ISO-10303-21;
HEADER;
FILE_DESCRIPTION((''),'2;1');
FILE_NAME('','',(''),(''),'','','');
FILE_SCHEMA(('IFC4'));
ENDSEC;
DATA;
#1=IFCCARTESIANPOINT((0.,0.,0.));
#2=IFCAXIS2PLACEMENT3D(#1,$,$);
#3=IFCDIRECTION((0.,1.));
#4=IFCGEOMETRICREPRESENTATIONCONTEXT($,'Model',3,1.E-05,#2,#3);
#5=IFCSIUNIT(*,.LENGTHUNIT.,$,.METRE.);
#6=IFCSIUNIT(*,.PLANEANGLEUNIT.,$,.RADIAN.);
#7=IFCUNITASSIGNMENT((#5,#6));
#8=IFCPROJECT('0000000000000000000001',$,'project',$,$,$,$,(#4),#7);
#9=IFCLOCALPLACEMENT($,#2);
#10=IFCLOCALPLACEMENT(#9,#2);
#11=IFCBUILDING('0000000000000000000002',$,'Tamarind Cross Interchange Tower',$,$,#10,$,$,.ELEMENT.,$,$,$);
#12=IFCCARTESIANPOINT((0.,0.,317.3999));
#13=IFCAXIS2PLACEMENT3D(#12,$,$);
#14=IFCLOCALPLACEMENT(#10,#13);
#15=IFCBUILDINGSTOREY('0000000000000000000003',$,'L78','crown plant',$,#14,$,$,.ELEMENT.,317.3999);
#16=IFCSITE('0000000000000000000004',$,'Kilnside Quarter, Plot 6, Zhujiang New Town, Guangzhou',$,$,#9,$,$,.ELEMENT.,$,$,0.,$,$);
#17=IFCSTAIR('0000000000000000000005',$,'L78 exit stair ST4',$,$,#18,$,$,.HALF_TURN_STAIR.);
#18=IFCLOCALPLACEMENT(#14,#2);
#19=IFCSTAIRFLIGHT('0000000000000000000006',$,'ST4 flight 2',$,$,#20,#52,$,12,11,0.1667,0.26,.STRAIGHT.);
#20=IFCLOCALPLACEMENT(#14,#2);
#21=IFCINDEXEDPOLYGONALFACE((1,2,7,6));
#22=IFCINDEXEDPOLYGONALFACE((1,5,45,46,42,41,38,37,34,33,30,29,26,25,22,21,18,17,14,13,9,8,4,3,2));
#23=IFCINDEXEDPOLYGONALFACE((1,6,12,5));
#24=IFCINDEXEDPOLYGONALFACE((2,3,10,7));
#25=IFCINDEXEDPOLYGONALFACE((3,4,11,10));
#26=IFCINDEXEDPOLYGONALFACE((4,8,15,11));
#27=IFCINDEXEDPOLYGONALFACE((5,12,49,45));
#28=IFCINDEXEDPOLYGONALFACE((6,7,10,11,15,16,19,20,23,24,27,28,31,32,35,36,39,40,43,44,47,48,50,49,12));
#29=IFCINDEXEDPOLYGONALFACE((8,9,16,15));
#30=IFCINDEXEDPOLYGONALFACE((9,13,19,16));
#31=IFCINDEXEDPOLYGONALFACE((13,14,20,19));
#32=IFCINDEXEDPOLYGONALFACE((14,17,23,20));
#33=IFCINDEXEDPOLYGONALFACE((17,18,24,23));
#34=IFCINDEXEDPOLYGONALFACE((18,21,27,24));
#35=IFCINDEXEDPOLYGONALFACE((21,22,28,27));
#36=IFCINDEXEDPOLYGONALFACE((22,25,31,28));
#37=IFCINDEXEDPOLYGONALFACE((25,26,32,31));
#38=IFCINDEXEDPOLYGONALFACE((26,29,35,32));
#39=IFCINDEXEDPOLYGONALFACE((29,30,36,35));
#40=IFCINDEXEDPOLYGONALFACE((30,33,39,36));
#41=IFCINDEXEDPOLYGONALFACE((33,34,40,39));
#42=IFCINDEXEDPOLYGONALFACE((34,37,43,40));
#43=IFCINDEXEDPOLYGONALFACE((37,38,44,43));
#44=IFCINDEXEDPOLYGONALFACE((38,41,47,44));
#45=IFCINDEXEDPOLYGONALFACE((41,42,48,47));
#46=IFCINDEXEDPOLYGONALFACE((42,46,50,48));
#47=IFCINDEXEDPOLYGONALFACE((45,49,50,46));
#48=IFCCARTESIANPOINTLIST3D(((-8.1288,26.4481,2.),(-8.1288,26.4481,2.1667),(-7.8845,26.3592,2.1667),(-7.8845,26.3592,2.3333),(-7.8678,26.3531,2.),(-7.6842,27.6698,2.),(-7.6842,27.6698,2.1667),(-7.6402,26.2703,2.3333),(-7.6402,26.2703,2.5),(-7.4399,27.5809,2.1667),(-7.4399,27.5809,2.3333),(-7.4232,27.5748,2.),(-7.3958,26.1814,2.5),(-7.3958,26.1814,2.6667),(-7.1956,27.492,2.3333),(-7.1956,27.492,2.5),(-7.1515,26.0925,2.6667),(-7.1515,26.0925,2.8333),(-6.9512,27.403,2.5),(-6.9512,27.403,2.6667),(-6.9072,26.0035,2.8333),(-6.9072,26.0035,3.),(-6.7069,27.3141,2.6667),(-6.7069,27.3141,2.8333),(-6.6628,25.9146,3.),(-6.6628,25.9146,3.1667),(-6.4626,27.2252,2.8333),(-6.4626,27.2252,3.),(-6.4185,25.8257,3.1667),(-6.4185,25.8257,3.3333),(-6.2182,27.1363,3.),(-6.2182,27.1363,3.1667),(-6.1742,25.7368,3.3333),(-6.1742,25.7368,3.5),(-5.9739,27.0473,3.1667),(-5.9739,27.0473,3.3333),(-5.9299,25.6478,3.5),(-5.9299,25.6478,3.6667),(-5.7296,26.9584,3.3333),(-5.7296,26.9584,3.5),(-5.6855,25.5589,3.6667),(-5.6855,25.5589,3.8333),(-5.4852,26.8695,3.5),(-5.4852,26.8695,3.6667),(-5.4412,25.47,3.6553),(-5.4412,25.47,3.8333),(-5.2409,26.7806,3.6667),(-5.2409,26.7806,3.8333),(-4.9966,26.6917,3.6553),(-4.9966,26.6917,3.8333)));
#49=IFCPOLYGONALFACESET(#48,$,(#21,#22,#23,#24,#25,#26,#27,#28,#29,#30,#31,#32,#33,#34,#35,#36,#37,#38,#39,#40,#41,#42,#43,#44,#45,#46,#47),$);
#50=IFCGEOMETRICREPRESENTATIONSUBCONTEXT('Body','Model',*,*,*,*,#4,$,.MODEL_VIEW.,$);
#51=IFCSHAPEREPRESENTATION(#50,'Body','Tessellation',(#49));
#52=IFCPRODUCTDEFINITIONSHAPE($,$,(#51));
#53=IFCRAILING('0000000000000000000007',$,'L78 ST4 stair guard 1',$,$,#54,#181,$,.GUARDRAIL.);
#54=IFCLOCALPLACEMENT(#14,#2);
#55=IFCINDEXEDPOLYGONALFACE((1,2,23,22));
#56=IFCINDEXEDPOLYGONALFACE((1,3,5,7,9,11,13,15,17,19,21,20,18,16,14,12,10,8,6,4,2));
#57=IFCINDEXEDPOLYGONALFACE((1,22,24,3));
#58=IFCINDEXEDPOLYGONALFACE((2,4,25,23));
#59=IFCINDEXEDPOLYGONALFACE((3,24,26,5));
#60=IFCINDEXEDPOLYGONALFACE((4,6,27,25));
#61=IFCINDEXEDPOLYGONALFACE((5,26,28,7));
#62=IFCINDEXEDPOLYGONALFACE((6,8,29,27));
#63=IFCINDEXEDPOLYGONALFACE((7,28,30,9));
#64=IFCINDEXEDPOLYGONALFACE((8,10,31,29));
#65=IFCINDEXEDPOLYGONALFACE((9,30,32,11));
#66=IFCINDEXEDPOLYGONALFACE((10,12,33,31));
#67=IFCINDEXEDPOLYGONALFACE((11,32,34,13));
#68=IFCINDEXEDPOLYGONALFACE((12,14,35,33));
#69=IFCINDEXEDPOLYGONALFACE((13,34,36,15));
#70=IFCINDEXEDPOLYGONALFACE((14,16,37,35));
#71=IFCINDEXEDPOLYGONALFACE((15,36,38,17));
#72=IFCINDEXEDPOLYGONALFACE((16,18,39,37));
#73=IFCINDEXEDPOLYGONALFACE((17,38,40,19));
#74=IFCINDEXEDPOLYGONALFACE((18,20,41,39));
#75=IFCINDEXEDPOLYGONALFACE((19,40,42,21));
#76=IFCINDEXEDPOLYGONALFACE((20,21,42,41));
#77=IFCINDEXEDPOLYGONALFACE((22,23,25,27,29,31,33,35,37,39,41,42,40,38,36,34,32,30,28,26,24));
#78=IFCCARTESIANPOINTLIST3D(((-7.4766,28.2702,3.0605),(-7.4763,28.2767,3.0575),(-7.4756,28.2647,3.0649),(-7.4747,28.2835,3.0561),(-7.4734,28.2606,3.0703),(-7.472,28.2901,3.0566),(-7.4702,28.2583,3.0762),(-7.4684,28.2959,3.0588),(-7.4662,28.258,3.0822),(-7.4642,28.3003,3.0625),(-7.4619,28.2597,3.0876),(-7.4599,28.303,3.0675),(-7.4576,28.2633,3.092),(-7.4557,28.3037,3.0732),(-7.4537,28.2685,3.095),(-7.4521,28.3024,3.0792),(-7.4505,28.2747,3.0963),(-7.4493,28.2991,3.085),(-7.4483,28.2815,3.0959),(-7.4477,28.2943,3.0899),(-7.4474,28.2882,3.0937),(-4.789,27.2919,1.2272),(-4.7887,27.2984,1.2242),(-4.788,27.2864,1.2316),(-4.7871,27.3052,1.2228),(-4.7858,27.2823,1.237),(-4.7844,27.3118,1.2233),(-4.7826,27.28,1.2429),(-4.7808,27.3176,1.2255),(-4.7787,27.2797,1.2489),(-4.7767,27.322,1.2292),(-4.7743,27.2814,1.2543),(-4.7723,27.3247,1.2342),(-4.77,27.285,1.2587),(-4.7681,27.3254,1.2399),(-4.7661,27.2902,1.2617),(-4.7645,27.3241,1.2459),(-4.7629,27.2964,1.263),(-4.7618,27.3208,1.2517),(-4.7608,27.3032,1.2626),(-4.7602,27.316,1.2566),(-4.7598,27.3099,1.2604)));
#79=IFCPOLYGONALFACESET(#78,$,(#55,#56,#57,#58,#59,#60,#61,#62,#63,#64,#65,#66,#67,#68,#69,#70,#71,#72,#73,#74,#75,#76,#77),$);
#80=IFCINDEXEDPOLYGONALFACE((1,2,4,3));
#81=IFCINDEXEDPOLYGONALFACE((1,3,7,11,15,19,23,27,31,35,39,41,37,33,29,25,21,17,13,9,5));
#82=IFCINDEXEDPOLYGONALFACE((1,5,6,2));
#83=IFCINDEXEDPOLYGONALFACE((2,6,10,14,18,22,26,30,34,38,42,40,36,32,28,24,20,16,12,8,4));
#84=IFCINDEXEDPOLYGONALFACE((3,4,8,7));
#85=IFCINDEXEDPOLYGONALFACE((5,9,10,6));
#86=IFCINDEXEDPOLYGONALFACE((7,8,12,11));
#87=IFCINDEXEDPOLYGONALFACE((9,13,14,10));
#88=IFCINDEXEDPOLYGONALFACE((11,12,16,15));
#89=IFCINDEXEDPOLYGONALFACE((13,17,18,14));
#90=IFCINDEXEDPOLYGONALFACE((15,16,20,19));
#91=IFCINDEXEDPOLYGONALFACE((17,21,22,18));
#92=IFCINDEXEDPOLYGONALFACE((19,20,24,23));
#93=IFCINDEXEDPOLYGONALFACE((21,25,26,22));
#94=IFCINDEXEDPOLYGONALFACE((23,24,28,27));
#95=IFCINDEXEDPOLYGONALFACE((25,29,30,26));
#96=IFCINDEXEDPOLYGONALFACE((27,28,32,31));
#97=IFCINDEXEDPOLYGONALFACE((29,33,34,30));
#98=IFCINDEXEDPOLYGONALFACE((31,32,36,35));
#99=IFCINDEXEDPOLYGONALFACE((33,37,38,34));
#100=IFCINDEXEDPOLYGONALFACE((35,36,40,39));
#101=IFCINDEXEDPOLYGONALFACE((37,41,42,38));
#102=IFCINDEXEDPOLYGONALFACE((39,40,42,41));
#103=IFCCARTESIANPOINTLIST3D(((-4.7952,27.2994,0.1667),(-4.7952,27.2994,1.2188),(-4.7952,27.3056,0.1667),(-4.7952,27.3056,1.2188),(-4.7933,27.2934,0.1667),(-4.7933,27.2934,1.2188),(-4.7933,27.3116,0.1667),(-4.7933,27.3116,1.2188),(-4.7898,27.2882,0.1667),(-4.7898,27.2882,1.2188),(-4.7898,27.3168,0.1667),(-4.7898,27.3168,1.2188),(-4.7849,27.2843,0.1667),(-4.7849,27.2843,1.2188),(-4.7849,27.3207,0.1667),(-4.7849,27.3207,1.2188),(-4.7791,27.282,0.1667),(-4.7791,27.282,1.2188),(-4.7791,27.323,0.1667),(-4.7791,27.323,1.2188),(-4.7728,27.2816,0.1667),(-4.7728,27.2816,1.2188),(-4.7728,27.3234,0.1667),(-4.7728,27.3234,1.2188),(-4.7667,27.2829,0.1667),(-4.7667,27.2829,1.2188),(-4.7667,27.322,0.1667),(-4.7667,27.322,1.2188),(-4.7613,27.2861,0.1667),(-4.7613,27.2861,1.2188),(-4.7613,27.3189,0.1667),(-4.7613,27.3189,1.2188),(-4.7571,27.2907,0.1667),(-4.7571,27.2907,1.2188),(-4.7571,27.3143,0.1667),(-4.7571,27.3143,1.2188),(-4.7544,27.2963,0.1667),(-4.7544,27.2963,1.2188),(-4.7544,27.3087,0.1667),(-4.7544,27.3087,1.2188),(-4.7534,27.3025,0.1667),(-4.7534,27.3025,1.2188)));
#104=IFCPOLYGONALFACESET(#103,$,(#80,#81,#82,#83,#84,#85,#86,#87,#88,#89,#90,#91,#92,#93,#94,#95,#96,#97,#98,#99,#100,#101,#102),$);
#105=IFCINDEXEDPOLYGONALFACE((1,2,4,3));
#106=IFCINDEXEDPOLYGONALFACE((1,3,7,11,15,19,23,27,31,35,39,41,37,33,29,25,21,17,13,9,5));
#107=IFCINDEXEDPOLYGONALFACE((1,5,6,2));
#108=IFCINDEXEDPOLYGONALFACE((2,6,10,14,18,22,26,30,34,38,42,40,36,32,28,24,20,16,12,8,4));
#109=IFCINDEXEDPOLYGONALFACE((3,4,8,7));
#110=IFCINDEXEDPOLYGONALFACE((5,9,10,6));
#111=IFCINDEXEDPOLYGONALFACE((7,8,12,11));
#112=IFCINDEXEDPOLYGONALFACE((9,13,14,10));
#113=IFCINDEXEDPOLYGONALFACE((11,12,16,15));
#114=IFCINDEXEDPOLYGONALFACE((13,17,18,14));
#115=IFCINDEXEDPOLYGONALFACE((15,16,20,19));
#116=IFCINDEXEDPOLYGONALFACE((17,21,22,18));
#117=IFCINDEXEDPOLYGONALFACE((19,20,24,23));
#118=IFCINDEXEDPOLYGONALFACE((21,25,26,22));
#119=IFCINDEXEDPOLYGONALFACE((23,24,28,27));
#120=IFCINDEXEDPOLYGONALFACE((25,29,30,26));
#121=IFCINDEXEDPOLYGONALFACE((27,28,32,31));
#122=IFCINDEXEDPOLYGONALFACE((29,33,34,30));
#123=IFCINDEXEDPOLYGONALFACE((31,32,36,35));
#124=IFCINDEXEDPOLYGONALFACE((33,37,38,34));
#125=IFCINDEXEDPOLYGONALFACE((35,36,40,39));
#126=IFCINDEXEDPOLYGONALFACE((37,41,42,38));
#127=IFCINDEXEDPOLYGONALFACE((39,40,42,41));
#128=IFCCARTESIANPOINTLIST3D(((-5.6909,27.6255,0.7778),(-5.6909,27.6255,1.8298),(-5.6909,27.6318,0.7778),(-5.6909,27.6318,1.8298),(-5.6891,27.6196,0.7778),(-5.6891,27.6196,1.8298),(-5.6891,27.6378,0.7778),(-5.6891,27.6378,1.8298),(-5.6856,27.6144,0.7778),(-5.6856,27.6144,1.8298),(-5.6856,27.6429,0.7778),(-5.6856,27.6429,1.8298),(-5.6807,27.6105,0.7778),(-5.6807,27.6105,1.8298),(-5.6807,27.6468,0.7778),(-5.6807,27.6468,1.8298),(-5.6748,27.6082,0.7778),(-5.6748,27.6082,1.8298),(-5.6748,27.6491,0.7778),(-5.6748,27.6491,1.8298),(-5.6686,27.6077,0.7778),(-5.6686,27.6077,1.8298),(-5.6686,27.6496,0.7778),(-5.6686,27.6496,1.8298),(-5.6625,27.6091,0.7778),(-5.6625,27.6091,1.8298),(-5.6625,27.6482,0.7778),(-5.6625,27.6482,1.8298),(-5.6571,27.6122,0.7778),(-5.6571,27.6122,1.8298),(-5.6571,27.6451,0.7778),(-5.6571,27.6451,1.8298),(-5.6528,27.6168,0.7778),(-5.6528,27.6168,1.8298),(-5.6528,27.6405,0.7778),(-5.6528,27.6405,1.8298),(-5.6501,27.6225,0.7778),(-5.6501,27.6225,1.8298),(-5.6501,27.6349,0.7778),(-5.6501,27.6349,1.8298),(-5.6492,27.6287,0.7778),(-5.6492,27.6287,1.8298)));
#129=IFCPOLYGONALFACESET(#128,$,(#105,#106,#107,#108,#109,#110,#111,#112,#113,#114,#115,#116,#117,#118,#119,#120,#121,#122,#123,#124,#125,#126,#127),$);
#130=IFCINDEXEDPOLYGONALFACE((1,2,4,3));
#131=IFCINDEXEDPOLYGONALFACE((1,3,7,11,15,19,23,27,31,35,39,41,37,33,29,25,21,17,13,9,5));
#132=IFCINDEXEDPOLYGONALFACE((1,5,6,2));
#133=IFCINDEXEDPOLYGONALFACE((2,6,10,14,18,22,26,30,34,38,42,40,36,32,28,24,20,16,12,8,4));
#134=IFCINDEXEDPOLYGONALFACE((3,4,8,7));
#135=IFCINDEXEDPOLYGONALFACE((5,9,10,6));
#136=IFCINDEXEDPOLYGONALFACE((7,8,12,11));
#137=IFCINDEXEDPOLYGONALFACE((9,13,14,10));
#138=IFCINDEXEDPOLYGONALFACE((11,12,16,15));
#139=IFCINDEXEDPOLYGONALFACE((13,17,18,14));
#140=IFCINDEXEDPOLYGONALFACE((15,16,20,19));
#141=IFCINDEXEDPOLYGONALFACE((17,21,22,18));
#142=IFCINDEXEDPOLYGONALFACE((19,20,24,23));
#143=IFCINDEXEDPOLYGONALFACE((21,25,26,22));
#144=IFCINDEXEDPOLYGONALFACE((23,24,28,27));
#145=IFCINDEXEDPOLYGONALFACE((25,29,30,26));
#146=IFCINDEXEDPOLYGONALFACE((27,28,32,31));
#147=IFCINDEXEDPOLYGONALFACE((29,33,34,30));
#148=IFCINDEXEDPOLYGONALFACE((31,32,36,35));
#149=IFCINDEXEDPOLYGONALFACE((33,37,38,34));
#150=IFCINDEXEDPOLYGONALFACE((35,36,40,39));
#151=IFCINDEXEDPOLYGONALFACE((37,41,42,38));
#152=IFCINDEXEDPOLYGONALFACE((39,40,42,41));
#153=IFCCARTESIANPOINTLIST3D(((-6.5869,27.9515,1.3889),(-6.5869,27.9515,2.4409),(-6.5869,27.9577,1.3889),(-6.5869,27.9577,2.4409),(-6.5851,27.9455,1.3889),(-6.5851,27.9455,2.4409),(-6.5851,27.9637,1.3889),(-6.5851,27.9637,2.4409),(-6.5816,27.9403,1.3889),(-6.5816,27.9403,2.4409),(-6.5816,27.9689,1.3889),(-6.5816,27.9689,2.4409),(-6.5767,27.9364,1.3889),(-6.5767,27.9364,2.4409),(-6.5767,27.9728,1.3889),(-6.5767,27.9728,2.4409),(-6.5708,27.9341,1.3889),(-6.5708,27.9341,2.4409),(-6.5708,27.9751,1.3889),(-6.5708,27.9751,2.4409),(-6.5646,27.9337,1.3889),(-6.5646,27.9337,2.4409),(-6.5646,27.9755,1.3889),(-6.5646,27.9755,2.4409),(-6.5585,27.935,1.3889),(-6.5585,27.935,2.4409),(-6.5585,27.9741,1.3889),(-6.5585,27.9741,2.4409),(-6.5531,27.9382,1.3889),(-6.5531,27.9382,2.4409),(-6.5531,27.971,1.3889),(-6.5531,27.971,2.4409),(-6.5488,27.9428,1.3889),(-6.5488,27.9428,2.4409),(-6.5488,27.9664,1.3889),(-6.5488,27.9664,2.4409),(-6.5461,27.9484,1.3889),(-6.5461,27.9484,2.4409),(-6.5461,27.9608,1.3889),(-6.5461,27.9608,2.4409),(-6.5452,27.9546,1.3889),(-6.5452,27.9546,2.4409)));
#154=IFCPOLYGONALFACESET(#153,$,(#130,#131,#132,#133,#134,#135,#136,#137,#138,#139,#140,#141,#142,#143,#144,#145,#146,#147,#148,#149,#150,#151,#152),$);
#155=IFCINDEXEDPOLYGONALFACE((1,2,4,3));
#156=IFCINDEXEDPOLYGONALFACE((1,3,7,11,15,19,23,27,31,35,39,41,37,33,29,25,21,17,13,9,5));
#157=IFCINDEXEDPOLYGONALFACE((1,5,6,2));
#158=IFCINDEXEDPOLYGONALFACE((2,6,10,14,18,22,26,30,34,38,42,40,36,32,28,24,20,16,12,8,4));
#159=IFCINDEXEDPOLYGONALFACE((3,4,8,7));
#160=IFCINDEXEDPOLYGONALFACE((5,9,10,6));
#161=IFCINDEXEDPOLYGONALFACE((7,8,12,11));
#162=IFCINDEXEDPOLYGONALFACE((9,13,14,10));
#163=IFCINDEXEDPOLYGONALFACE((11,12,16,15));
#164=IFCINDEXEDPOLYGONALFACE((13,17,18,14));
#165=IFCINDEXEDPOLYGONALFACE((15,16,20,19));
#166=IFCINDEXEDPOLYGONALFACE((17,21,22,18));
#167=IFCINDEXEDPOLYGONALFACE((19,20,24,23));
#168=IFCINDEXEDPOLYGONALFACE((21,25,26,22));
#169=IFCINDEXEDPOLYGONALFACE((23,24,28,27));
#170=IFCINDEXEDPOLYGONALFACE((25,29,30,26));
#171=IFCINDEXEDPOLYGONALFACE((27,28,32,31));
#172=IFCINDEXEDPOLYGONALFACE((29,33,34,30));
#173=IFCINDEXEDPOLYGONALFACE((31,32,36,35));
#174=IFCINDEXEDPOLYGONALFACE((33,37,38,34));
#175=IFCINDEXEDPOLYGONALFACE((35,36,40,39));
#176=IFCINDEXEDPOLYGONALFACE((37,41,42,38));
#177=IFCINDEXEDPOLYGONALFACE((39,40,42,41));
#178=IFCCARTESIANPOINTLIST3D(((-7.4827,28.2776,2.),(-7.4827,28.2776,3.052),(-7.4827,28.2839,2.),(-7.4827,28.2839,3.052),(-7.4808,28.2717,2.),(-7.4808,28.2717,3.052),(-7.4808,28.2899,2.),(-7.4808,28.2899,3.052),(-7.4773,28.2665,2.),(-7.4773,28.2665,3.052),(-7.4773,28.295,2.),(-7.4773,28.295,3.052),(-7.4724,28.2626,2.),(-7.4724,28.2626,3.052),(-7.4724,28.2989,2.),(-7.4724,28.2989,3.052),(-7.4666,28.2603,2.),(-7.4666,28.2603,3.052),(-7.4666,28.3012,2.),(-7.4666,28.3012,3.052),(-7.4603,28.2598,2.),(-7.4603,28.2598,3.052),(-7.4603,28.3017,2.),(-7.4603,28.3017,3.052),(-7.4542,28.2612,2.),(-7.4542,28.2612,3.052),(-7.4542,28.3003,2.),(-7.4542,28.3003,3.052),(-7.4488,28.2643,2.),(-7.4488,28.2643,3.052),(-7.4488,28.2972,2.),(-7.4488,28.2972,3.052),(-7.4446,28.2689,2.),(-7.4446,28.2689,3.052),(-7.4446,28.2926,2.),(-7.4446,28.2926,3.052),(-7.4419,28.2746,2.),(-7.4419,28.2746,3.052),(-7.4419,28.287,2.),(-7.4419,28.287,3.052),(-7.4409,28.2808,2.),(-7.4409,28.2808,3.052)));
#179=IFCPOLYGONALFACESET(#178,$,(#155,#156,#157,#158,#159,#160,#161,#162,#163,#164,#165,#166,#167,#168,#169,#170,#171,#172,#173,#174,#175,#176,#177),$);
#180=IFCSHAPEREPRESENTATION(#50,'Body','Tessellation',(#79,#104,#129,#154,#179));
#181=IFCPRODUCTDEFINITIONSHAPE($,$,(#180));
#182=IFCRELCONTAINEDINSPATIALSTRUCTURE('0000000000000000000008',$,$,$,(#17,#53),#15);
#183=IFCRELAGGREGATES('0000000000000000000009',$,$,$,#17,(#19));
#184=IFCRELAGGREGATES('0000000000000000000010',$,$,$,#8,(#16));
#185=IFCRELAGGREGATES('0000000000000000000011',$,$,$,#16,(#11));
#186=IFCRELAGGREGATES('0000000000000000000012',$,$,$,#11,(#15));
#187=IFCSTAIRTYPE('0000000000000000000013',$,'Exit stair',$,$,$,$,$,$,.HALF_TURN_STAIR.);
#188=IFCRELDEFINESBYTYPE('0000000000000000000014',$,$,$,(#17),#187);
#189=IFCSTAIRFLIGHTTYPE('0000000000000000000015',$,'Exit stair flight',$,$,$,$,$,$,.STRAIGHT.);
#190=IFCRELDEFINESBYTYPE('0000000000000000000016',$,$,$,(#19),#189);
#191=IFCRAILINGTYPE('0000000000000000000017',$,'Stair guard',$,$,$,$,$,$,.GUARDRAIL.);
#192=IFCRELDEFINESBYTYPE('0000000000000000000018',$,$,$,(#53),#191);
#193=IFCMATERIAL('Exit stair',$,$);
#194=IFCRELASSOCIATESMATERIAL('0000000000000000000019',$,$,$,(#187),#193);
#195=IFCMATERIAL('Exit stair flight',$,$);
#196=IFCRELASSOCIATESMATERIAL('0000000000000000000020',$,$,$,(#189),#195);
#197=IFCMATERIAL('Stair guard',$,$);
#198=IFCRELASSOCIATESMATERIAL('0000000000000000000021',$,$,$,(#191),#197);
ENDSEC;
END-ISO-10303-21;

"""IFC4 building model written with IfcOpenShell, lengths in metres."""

from ifc_helpers import new_model, si_unit, direction, frame, origin, origin_2d, place, context, subcontext, project, spatial, polyline, circle, outline, extrude, material, type_object, element, aggregate, save


model = new_model("IFC4")

# Units and contexts
model_context = context("Model", 3, precision=1e-05, world=origin(), true_north=direction((0.0, 1.0)))
body_context = subcontext(model_context, "Body", "Model", "MODEL_VIEW")
ifc_project = project(units=[si_unit("LENGTHUNIT", "METRE"), si_unit("PLANEANGLEUNIT", "RADIAN")], contexts=[model_context])

# Site, building, storey
site_placement = place(None, origin())
site = spatial("IfcSite", under=ifc_project, at=site_placement, Name="Kilnside Quarter, Plot 6, Zhujiang New Town, Guangzhou", CompositionType="ELEMENT", RefElevation=0.0)
building_placement = place(site_placement, origin())
building = spatial("IfcBuilding", under=site, at=building_placement, Name="Tamarind Cross Interchange Tower", CompositionType="ELEMENT")
storey_placement = place(building_placement, frame((0.0, 0.0, 317.3999)))
storey = spatial("IfcBuildingStorey", under=building, at=storey_placement, Name="L78", Description="crown plant", CompositionType="ELEMENT", Elevation=317.3999)

# Stair, stair flight
ifc_material_1 = material(Name="Exit stair")
stair_type = type_object("IfcStairType", Name="Exit stair", PredefinedType="HALF_TURN_STAIR", material=ifc_material_1)
stair_placement = place(storey_placement, origin())
stair = element("IfcStair", 1, at=stair_placement, inside=storey, type_object=stair_type, Name="L78 exit stair ST4", PredefinedType="HALF_TURN_STAIR")
ifc_material_2 = material(Name="Exit stair flight")
stair_flight_type = type_object("IfcStairFlightType", Name="Exit stair flight", PredefinedType="STRAIGHT", material=ifc_material_2)
stair_flight_1_placement = place(storey_placement, frame((-7.9065, 27.0591, 2.0), z_axis=(0.0, 0.0, 1.0), x_axis=(0.939702, -0.341994, 0.0)))
stair_flight_1 = element("IfcStairFlight", 2, at=stair_flight_1_placement, type_object=stair_flight_type, Name="ST4 flight 2", NumberOfRisers=12, NumberOfTreads=11, PredefinedType="STRAIGHT", RiserHeight=0.1667, TreadLength=0.26, context=body_context, shape_type="SweptSolid", body=[
    extrude(outline(polyline([(0.0, 0.0), (0.0, 0.1667), (0.26, 0.1667), (0.26, 0.3333), (0.52, 0.3333), (0.52, 0.5), (0.78, 0.5), (0.78, 0.6667), (1.04, 0.6667), (1.04, 0.8333), (1.3, 0.8333), (1.3, 1.0), (1.5601, 1.0), (1.5601, 1.1667), (1.8201, 1.1667), (1.8201, 1.3333), (2.0801, 1.3333), (2.0801, 1.5), (2.3401, 1.5), (2.3401, 1.6667), (2.6001, 1.6667), (2.6001, 1.8333), (2.8601, 1.8333), (2.8601, 2.0), (2.8601, 1.6553), (0.2778, 0.0), (0.0, 0.0)])), frame((0.0, 0.6499, 0.0), z_axis=(0.0, -1.0, 0.0), x_axis=(1.0, 0.0, 0.0)), (0.0, 0.0, 1.0), 1.3),
])
aggregate(stair, [stair_flight_1])

# Railing
ifc_material_3 = material(Name="Stair guard")
railing_type_1 = type_object("IfcRailingType", Name="Stair guard", PredefinedType="GUARDRAIL", material=ifc_material_3)
railing_1_placement = place(storey_placement, frame((-4.7744, 27.3025, 0.1667)))
element("IfcRailing", 3, at=railing_1_placement, inside=storey, type_object=railing_type_1, Name="L78 ST4 stair guard 1", PredefinedType="GUARDRAIL", context=body_context, shape_type="SweptSolid", body=[
    extrude(circle(Radius=0.0239, at=origin_2d()), frame((0.0, 0.0, 1.0762), z_axis=(-0.791109, 0.28797, 0.539647), x_axis=(-0.342051, -0.939681, 0.0)), (0.0, 0.0, 1.0), 3.3972),
    extrude(circle(Radius=0.021, at=origin_2d()), origin(), (0.0, 0.0, 1.0), 1.052),
    extrude(circle(Radius=0.021, at=origin_2d()), frame((-0.8958, 0.3262, 0.6111)), (0.0, 0.0, 1.0), 1.052),
    extrude(circle(Radius=0.021, at=origin_2d()), frame((-1.7917, 0.6521, 1.2222)), (0.0, 0.0, 1.0), 1.052),
    extrude(circle(Radius=0.021, at=origin_2d()), frame((-2.6875, 0.9783, 1.8333)), (0.0, 0.0, 1.0), 1.052),
])

save(model, "model.ifc")
